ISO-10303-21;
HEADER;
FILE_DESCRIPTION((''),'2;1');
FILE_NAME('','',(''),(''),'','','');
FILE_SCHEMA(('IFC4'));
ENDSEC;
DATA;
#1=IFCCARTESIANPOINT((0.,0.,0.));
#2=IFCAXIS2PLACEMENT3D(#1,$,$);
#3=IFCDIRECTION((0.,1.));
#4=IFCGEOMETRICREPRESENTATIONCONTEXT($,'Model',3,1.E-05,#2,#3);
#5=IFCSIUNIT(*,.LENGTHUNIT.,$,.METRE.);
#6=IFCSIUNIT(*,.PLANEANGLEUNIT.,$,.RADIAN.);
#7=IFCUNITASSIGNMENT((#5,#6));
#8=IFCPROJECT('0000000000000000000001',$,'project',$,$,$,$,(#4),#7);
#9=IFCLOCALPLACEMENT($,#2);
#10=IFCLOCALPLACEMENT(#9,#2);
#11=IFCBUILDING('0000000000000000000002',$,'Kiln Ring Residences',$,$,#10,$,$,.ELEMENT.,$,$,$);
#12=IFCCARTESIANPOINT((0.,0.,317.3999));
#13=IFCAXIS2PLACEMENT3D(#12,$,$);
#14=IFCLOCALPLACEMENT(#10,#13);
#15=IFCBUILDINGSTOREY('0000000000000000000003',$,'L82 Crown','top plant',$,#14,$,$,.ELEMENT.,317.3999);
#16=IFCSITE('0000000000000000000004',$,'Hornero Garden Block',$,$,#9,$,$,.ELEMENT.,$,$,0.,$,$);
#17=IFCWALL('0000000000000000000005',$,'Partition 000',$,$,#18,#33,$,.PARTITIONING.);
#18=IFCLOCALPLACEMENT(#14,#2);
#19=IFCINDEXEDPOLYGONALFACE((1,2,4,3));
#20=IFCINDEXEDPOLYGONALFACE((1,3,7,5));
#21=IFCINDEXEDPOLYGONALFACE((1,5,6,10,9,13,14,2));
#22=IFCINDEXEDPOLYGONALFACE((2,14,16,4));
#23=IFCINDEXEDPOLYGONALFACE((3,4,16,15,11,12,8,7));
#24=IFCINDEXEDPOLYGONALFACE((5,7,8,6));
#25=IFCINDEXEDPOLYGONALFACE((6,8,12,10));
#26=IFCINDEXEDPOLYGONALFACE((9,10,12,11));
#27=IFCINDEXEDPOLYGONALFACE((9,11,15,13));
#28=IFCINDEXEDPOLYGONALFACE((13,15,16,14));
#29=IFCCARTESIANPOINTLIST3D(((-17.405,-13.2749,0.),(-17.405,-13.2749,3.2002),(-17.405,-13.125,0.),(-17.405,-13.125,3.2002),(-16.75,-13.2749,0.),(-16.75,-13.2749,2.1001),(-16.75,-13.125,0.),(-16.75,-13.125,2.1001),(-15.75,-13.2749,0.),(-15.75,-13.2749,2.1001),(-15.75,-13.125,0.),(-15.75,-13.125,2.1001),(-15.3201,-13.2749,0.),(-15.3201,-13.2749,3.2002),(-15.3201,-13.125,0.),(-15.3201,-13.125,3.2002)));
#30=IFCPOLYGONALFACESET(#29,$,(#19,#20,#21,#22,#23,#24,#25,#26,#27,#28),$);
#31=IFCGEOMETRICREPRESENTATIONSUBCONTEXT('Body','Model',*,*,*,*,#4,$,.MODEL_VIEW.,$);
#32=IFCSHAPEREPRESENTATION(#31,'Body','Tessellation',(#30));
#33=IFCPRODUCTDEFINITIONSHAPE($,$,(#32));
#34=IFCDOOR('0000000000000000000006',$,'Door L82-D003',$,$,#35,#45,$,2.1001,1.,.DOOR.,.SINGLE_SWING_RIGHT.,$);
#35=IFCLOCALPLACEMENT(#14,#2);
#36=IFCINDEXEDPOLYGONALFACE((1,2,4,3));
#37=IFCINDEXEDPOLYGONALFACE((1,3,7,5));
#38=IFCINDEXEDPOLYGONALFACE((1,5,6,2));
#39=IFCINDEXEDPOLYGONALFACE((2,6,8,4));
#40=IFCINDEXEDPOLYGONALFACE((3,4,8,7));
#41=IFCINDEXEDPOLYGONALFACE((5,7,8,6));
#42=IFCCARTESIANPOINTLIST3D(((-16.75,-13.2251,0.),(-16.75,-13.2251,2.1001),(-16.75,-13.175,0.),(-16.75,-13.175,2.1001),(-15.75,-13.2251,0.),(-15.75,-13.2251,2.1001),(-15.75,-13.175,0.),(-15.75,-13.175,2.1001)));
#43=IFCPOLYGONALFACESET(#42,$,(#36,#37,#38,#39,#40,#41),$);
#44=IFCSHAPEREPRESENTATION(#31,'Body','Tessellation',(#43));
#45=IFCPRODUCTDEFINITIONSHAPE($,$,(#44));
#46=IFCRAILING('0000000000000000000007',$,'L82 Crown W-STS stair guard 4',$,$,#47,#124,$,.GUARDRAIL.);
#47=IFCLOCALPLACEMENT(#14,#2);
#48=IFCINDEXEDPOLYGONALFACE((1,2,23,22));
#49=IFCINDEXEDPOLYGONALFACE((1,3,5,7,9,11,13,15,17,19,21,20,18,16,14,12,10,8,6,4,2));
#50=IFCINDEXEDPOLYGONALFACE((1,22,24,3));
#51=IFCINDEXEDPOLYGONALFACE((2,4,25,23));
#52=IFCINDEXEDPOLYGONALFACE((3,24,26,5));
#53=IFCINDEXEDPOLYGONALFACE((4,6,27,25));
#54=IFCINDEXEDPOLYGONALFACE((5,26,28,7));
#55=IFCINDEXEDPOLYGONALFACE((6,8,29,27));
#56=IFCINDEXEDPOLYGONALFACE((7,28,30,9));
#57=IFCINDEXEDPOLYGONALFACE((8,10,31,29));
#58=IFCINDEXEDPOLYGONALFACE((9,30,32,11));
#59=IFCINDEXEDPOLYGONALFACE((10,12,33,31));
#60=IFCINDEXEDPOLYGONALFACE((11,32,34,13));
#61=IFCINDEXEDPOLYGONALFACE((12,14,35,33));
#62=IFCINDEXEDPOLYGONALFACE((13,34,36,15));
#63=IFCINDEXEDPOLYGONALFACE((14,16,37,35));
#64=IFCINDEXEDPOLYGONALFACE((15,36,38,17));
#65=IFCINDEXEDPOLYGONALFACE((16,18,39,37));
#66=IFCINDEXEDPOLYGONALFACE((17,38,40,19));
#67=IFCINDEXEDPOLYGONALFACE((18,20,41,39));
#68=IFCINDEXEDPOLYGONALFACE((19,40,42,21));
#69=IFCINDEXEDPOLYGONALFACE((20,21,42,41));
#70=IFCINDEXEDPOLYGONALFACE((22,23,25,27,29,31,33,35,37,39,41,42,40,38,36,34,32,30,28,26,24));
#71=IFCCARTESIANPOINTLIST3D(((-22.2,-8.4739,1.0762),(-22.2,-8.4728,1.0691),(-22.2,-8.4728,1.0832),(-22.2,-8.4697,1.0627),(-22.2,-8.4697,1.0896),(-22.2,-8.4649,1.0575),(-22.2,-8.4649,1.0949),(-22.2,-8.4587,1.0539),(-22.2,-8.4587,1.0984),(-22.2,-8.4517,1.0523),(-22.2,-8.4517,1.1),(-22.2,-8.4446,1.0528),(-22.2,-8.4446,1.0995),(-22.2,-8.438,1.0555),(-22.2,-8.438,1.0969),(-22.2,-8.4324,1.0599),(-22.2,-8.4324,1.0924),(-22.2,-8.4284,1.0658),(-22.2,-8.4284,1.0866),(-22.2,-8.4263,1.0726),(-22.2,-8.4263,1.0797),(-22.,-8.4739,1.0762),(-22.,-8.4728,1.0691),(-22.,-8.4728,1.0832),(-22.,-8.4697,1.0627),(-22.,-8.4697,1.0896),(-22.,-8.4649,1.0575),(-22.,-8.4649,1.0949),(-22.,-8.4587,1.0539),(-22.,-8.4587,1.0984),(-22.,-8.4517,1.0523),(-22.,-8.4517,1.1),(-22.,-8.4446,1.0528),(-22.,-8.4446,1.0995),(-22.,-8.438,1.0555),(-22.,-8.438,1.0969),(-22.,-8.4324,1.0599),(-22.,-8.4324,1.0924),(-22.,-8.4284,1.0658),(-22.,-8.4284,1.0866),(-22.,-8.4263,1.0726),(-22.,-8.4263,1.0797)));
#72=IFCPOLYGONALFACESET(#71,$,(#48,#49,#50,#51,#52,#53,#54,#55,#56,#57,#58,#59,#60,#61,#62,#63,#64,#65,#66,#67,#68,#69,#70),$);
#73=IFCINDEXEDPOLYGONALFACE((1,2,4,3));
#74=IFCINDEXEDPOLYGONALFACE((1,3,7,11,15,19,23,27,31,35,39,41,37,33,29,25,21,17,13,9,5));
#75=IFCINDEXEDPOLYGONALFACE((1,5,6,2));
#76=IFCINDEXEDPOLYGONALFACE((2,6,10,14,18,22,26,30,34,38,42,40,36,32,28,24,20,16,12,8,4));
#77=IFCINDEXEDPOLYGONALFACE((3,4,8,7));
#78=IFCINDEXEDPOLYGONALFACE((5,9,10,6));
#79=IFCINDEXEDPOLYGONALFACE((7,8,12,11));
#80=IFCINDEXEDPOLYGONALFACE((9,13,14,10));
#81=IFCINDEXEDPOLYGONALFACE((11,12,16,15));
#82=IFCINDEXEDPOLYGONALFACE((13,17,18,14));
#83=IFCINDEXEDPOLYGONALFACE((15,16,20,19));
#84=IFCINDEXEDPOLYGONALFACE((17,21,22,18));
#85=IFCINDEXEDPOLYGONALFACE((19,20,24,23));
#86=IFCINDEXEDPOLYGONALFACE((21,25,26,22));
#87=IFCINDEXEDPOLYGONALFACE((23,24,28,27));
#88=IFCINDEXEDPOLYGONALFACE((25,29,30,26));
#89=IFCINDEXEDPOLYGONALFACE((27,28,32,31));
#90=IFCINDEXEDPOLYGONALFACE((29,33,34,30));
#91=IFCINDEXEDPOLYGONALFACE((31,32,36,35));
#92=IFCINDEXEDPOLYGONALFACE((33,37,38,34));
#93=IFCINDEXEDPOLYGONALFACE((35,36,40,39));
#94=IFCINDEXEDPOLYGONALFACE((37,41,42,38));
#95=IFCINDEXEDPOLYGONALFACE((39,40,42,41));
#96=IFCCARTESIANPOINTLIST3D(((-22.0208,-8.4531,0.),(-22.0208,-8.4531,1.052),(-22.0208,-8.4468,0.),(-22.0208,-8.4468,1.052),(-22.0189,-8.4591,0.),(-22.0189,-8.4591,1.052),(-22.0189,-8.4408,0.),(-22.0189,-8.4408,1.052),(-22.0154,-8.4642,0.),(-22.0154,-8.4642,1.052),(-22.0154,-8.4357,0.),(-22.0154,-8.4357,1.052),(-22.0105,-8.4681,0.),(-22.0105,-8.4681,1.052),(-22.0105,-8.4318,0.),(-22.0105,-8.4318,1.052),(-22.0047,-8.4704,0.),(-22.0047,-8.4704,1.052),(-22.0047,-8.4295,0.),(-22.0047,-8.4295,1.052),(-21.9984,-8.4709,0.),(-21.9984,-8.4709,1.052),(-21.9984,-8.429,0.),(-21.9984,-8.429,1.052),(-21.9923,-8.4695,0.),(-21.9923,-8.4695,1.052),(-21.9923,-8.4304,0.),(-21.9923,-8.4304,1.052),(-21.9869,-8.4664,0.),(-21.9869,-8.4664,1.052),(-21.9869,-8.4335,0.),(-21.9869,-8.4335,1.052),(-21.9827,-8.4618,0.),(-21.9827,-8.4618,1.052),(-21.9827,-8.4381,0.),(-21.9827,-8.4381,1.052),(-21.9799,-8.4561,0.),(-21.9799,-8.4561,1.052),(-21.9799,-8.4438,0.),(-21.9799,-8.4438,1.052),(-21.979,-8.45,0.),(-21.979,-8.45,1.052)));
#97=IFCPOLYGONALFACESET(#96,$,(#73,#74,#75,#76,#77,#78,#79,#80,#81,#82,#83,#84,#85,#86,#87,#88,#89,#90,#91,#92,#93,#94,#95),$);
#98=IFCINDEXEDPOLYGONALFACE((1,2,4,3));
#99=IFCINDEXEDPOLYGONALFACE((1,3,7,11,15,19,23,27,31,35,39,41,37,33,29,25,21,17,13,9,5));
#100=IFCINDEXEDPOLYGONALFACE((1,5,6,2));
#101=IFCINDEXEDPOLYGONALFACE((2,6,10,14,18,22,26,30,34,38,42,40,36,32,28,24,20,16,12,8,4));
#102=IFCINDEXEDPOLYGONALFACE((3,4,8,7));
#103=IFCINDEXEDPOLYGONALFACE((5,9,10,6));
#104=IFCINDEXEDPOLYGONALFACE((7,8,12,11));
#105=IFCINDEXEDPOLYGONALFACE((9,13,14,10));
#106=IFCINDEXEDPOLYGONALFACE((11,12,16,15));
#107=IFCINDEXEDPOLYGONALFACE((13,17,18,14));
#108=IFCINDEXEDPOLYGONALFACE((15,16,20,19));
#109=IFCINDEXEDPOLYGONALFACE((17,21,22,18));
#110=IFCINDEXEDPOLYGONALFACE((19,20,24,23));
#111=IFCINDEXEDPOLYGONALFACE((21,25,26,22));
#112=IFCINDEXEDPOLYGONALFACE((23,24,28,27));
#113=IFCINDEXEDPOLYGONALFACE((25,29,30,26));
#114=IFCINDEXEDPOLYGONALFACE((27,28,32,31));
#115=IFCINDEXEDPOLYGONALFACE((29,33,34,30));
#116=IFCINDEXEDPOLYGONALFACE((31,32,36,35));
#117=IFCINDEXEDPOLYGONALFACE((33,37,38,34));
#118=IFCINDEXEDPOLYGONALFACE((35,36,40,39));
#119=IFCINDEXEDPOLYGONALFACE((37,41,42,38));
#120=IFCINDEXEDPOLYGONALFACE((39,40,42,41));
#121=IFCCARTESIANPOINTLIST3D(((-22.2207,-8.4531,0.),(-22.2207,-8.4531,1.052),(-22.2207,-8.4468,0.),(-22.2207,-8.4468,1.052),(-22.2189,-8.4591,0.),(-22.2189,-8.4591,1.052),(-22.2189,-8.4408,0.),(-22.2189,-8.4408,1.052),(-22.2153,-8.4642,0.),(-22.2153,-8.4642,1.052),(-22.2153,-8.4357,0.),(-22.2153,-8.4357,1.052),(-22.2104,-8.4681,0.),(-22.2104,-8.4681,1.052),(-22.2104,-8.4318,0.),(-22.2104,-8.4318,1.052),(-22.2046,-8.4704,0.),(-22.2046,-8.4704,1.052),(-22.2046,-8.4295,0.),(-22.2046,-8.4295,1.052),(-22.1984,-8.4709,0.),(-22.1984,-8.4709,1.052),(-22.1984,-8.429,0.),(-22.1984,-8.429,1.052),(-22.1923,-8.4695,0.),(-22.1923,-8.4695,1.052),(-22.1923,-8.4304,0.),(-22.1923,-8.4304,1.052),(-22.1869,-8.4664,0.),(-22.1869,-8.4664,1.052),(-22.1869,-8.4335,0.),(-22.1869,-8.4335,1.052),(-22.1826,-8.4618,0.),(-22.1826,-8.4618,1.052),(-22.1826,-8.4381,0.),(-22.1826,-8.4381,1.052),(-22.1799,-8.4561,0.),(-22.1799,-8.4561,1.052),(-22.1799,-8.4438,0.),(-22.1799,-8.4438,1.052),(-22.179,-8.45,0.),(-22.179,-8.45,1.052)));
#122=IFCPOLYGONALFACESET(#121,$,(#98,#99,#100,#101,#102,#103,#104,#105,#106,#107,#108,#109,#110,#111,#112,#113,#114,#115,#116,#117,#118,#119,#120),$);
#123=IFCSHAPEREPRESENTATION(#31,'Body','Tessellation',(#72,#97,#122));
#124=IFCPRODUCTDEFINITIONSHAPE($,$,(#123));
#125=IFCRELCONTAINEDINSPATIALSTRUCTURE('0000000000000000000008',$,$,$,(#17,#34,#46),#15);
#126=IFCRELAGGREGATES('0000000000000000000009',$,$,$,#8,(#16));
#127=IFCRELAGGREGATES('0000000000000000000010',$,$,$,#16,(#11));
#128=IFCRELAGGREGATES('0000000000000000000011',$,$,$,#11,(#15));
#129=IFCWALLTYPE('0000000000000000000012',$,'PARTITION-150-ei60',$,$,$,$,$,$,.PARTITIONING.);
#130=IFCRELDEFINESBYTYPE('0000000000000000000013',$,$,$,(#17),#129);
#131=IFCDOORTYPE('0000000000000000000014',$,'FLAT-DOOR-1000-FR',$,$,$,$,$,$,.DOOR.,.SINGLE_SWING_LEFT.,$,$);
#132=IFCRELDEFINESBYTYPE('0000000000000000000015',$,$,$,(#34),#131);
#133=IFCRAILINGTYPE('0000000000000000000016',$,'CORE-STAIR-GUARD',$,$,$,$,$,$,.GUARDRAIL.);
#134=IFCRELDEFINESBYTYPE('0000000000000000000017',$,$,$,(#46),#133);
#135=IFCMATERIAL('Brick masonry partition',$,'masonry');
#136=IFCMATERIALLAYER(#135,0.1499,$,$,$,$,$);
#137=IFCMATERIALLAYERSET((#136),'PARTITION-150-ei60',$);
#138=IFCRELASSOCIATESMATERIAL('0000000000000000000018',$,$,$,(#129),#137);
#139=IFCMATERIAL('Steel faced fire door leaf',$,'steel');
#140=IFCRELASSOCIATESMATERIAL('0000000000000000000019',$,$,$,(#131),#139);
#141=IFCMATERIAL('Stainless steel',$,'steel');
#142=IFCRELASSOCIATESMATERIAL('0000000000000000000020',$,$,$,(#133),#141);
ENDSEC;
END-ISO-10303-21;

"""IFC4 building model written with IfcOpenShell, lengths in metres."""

from ifc_helpers import new_model, si_unit, direction, frame, frame_2d, origin, origin_2d, place, context, subcontext, project, spatial, rectangle, circle, extrude, material, layer, layer_set, type_object, element, fill, save


model = new_model("IFC4")

# Units and contexts
model_context = context("Model", 3, precision=1e-05, world=origin(), true_north=direction((0.0, 1.0)))
body_context = subcontext(model_context, "Body", "Model", "MODEL_VIEW")
ifc_project = project(units=[si_unit("LENGTHUNIT", "METRE"), si_unit("PLANEANGLEUNIT", "RADIAN")], contexts=[model_context])

# Site, building, storey
site_placement = place(None, origin())
site = spatial("IfcSite", under=ifc_project, at=site_placement, Name="Hornero Garden Block", CompositionType="ELEMENT", RefElevation=0.0)
building_placement = place(site_placement, origin())
building = spatial("IfcBuilding", under=site, at=building_placement, Name="Kiln Ring Residences", CompositionType="ELEMENT")
storey_placement = place(building_placement, frame((0.0, 0.0, 317.3999)))
storey = spatial("IfcBuildingStorey", under=building, at=storey_placement, Name="L82 Crown", Description="top plant", CompositionType="ELEMENT", Elevation=317.3999)

# Wall, opening, door
ifc_material_1 = material(Name="Brick masonry partition", Category="masonry")
ifc_layer_1 = layer(ifc_material_1, 0.1499)
ifc_layer_set_1 = layer_set([ifc_layer_1], Name="PARTITION-150-ei60")
wall_type_1 = type_object("IfcWallType", Name="PARTITION-150-ei60", PredefinedType="PARTITIONING", material=ifc_layer_set_1)
wall_1_placement = place(storey_placement, frame((-17.405, -13.2, 0.0), z_axis=(0.0, 0.0, 1.0), x_axis=(1.0, 0.0, 0.0)))
wall_1 = element("IfcWall", 1, at=wall_1_placement, inside=storey, type_object=wall_type_1, Name="Partition 000", PredefinedType="PARTITIONING", context=body_context, shape_type="SweptSolid", body=[
    extrude(rectangle(XDim=2.085, YDim=0.1499, at=frame_2d((1.0425, 0.0))), origin(), (0.0, 0.0, 1.0), 3.2002),
])
opening_1_placement = place(wall_1_placement, frame((0.655, 0.0, 0.0)))
opening_1 = element("IfcOpeningElement", 2, at=opening_1_placement, cuts=wall_1, PredefinedType="OPENING", context=body_context, shape_type="SweptSolid", body=[
    extrude(rectangle(XDim=1.0, YDim=2.1001, at=frame_2d((0.5, 1.05))), frame((0.0, 0.085, 0.0), z_axis=(0.0, -1.0, 0.0), x_axis=(1.0, 0.0, 0.0)), (0.0, 0.0, 1.0), 0.1699),
])
ifc_material_2 = material(Name="Steel faced fire door leaf", Category="steel")
door_type_1 = type_object("IfcDoorType", Name="FLAT-DOOR-1000-FR", OperationType="SINGLE_SWING_LEFT", PredefinedType="DOOR", material=ifc_material_2)
door_1_placement = place(opening_1_placement, origin())
door_1 = element("IfcDoor", 3, at=door_1_placement, inside=storey, type_object=door_type_1, Name="Door L82-D003", OperationType="SINGLE_SWING_RIGHT", OverallHeight=2.1001, OverallWidth=1.0, PredefinedType="DOOR", context=body_context, shape_type="SweptSolid", body=[
    extrude(rectangle(XDim=1.0, YDim=2.1001, at=frame_2d((0.5, 1.05))), frame((0.0, 0.0249, 0.0), z_axis=(0.0, -1.0, 0.0), x_axis=(1.0, 0.0, 0.0)), (0.0, 0.0, 1.0), 0.05),
])
fill(opening_1, door_1)

# Railing
ifc_material_3 = material(Name="Stainless steel", Category="steel")
railing_type = type_object("IfcRailingType", Name="CORE-STAIR-GUARD", PredefinedType="GUARDRAIL", material=ifc_material_3)
railing_placement = place(storey_placement, frame((-22.0, -8.45, 0.0)))
element("IfcRailing", 4, at=railing_placement, inside=storey, type_object=railing_type, Name="L82 Crown W-STS stair guard 4", PredefinedType="GUARDRAIL", context=body_context, shape_type="SweptSolid", body=[
    extrude(circle(Radius=0.0239, at=origin_2d()), frame((0.0, 0.0, 1.0762), z_axis=(-1.0, 0.0, 0.0), x_axis=(0.0, -1.0, 0.0)), (0.0, 0.0, 1.0), 0.2),
    extrude(circle(Radius=0.021, at=origin_2d()), origin(), (0.0, 0.0, 1.0), 1.052),
    extrude(circle(Radius=0.021, at=origin_2d()), frame((-0.2, 0.0, 0.0)), (0.0, 0.0, 1.0), 1.052),
])

save(model, "model.ifc")
